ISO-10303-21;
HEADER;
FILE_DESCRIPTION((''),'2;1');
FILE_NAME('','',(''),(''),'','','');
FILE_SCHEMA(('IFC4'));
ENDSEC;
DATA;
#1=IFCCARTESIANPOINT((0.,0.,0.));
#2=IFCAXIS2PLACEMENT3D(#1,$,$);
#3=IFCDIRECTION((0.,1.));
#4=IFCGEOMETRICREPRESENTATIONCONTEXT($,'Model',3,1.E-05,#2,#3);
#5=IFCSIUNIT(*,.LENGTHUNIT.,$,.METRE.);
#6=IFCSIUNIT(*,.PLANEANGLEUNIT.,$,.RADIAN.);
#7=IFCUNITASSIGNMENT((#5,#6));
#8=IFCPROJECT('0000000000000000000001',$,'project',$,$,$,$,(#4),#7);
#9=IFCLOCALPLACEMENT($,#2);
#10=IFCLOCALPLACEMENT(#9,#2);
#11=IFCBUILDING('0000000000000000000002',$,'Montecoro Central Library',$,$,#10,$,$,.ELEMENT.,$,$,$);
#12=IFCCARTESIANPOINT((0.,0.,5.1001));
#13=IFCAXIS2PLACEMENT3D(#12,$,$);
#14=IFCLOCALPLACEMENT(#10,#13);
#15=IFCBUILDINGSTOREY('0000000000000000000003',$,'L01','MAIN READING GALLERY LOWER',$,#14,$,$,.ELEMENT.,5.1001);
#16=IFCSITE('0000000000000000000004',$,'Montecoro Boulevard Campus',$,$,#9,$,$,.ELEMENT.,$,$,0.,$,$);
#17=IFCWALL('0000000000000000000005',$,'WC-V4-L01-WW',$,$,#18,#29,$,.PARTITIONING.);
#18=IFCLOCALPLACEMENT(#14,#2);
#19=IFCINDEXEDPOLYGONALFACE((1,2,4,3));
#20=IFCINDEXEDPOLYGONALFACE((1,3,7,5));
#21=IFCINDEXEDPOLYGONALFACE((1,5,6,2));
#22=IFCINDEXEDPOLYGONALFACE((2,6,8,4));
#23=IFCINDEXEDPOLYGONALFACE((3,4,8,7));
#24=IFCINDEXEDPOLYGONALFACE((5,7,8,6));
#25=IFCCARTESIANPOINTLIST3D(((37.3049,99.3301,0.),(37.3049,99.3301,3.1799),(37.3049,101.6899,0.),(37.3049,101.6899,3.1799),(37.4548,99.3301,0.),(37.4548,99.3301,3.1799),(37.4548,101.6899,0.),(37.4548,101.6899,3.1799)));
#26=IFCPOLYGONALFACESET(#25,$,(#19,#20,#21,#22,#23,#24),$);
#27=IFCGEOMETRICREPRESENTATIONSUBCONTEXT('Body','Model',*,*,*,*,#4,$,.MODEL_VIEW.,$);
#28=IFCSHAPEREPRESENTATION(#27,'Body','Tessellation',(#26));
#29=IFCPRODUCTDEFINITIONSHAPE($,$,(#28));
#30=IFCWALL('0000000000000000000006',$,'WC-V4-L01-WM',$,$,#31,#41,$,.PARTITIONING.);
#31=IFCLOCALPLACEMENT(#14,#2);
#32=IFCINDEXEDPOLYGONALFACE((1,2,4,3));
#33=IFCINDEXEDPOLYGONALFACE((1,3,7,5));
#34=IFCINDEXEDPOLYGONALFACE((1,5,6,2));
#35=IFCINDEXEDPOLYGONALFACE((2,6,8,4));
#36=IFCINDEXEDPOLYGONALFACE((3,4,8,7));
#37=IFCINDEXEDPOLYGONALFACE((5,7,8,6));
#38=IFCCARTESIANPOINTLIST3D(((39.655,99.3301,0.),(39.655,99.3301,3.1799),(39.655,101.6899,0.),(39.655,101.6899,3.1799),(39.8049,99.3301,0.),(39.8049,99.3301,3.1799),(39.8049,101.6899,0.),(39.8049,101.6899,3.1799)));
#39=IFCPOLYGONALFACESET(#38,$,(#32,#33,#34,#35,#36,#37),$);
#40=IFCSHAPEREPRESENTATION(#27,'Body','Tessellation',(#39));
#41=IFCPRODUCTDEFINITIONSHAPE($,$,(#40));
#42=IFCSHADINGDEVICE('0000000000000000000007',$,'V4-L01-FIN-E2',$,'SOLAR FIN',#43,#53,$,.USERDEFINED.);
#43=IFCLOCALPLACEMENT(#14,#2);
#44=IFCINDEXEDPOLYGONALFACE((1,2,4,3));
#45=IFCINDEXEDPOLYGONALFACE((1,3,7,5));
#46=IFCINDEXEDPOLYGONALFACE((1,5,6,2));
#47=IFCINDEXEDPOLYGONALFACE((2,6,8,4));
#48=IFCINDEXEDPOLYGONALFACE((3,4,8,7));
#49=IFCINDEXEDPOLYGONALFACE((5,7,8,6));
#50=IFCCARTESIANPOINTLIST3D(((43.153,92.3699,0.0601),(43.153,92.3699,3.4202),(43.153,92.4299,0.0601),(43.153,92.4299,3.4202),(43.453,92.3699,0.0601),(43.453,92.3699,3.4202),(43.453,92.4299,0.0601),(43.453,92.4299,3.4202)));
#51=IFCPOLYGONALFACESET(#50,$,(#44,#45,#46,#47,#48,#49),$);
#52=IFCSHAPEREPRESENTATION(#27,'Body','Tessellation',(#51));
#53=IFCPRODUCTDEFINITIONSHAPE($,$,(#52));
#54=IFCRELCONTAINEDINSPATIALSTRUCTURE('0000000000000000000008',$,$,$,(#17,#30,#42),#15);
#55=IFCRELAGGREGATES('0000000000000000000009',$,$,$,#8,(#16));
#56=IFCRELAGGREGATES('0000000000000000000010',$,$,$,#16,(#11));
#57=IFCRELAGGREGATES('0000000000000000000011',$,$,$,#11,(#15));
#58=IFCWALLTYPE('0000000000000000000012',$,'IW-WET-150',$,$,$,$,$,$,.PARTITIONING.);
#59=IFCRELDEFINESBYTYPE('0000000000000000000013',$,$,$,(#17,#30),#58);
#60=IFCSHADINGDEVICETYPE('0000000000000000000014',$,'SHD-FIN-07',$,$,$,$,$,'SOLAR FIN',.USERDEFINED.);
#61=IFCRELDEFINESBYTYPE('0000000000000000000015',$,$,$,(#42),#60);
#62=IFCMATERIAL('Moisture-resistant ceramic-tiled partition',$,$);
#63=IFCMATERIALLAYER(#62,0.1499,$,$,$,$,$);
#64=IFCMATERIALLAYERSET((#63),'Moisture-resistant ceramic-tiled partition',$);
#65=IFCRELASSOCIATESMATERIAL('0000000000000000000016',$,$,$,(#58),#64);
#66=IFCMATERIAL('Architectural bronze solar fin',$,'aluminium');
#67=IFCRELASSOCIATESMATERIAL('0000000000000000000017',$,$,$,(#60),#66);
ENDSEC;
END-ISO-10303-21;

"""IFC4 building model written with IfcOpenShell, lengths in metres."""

from ifc_helpers import new_model, si_unit, direction, frame, frame_2d, origin, origin_2d, place, context, subcontext, project, spatial, rectangle, extrude, material, layer, layer_set, type_object, element, save


model = new_model("IFC4")

# Units and contexts
model_context = context("Model", 3, precision=1e-05, world=origin(), true_north=direction((0.0, 1.0)))
body_context = subcontext(model_context, "Body", "Model", "MODEL_VIEW")
ifc_project = project(units=[si_unit("LENGTHUNIT", "METRE"), si_unit("PLANEANGLEUNIT", "RADIAN")], contexts=[model_context])

# Site, building, storey
site_placement = place(None, origin())
site = spatial("IfcSite", under=ifc_project, at=site_placement, Name="Montecoro Boulevard Campus", CompositionType="ELEMENT", RefElevation=0.0)
building_placement = place(site_placement, origin())
building = spatial("IfcBuilding", under=site, at=building_placement, Name="Montecoro Central Library", CompositionType="ELEMENT")
storey_placement = place(building_placement, frame((0.0, 0.0, 5.1001)))
storey = spatial("IfcBuildingStorey", under=building, at=storey_placement, Name="L01", Description="MAIN READING GALLERY LOWER", CompositionType="ELEMENT", Elevation=5.1001)

# Walls
ifc_material_1 = material(Name="Moisture-resistant ceramic-tiled partition")
ifc_layer_1 = layer(ifc_material_1, 0.1499)
ifc_layer_set_1 = layer_set([ifc_layer_1], Name="Moisture-resistant ceramic-tiled partition")
wall_type_1 = type_object("IfcWallType", Name="IW-WET-150", PredefinedType="PARTITIONING", material=ifc_layer_set_1)
for number, where, z_axis, x_axis, name in (
    (1, (37.3799, 99.3301, 0.0), (0.0, 0.0, 1.0), (0.0, 1.0, 0.0), "WC-V4-L01-WW"),
    (2, (39.73, 99.3301, 0.0), (0.0, 0.0, 1.0), (0.0, 1.0, 0.0), "WC-V4-L01-WM"),
):
    element("IfcWall", number, at=place(storey_placement, frame(where, z_axis=z_axis, x_axis=x_axis)), inside=storey, type_object=wall_type_1, Name=name, PredefinedType="PARTITIONING", context=body_context, shape_type="SweptSolid", body=[
        extrude(rectangle(XDim=2.3599, YDim=0.1499, at=frame_2d((1.1799, 0.0))), origin(), (0.0, 0.0, 1.0), 3.1799),
    ])

# Shading device
ifc_material_2 = material(Name="Architectural bronze solar fin", Category="aluminium")
shading_device_type = type_object("IfcShadingDeviceType", Name="SHD-FIN-07", ElementType="SOLAR FIN", PredefinedType="USERDEFINED", material=ifc_material_2)
shading_device_placement = place(storey_placement, frame((43.303, 92.3999, 0.0601), z_axis=(0.0, 0.0, 1.0), x_axis=(0.0, 1.0, 0.0)))
element("IfcShadingDevice", 3, at=shading_device_placement, inside=storey, type_object=shading_device_type, Name="V4-L01-FIN-E2", ObjectType="SOLAR FIN", PredefinedType="USERDEFINED", context=body_context, shape_type="SweptSolid", body=[
    extrude(rectangle(XDim=0.0601, YDim=0.3, at=origin_2d()), origin(), (0.0, 0.0, 1.0), 3.3601),
])

save(model, "model.ifc")
